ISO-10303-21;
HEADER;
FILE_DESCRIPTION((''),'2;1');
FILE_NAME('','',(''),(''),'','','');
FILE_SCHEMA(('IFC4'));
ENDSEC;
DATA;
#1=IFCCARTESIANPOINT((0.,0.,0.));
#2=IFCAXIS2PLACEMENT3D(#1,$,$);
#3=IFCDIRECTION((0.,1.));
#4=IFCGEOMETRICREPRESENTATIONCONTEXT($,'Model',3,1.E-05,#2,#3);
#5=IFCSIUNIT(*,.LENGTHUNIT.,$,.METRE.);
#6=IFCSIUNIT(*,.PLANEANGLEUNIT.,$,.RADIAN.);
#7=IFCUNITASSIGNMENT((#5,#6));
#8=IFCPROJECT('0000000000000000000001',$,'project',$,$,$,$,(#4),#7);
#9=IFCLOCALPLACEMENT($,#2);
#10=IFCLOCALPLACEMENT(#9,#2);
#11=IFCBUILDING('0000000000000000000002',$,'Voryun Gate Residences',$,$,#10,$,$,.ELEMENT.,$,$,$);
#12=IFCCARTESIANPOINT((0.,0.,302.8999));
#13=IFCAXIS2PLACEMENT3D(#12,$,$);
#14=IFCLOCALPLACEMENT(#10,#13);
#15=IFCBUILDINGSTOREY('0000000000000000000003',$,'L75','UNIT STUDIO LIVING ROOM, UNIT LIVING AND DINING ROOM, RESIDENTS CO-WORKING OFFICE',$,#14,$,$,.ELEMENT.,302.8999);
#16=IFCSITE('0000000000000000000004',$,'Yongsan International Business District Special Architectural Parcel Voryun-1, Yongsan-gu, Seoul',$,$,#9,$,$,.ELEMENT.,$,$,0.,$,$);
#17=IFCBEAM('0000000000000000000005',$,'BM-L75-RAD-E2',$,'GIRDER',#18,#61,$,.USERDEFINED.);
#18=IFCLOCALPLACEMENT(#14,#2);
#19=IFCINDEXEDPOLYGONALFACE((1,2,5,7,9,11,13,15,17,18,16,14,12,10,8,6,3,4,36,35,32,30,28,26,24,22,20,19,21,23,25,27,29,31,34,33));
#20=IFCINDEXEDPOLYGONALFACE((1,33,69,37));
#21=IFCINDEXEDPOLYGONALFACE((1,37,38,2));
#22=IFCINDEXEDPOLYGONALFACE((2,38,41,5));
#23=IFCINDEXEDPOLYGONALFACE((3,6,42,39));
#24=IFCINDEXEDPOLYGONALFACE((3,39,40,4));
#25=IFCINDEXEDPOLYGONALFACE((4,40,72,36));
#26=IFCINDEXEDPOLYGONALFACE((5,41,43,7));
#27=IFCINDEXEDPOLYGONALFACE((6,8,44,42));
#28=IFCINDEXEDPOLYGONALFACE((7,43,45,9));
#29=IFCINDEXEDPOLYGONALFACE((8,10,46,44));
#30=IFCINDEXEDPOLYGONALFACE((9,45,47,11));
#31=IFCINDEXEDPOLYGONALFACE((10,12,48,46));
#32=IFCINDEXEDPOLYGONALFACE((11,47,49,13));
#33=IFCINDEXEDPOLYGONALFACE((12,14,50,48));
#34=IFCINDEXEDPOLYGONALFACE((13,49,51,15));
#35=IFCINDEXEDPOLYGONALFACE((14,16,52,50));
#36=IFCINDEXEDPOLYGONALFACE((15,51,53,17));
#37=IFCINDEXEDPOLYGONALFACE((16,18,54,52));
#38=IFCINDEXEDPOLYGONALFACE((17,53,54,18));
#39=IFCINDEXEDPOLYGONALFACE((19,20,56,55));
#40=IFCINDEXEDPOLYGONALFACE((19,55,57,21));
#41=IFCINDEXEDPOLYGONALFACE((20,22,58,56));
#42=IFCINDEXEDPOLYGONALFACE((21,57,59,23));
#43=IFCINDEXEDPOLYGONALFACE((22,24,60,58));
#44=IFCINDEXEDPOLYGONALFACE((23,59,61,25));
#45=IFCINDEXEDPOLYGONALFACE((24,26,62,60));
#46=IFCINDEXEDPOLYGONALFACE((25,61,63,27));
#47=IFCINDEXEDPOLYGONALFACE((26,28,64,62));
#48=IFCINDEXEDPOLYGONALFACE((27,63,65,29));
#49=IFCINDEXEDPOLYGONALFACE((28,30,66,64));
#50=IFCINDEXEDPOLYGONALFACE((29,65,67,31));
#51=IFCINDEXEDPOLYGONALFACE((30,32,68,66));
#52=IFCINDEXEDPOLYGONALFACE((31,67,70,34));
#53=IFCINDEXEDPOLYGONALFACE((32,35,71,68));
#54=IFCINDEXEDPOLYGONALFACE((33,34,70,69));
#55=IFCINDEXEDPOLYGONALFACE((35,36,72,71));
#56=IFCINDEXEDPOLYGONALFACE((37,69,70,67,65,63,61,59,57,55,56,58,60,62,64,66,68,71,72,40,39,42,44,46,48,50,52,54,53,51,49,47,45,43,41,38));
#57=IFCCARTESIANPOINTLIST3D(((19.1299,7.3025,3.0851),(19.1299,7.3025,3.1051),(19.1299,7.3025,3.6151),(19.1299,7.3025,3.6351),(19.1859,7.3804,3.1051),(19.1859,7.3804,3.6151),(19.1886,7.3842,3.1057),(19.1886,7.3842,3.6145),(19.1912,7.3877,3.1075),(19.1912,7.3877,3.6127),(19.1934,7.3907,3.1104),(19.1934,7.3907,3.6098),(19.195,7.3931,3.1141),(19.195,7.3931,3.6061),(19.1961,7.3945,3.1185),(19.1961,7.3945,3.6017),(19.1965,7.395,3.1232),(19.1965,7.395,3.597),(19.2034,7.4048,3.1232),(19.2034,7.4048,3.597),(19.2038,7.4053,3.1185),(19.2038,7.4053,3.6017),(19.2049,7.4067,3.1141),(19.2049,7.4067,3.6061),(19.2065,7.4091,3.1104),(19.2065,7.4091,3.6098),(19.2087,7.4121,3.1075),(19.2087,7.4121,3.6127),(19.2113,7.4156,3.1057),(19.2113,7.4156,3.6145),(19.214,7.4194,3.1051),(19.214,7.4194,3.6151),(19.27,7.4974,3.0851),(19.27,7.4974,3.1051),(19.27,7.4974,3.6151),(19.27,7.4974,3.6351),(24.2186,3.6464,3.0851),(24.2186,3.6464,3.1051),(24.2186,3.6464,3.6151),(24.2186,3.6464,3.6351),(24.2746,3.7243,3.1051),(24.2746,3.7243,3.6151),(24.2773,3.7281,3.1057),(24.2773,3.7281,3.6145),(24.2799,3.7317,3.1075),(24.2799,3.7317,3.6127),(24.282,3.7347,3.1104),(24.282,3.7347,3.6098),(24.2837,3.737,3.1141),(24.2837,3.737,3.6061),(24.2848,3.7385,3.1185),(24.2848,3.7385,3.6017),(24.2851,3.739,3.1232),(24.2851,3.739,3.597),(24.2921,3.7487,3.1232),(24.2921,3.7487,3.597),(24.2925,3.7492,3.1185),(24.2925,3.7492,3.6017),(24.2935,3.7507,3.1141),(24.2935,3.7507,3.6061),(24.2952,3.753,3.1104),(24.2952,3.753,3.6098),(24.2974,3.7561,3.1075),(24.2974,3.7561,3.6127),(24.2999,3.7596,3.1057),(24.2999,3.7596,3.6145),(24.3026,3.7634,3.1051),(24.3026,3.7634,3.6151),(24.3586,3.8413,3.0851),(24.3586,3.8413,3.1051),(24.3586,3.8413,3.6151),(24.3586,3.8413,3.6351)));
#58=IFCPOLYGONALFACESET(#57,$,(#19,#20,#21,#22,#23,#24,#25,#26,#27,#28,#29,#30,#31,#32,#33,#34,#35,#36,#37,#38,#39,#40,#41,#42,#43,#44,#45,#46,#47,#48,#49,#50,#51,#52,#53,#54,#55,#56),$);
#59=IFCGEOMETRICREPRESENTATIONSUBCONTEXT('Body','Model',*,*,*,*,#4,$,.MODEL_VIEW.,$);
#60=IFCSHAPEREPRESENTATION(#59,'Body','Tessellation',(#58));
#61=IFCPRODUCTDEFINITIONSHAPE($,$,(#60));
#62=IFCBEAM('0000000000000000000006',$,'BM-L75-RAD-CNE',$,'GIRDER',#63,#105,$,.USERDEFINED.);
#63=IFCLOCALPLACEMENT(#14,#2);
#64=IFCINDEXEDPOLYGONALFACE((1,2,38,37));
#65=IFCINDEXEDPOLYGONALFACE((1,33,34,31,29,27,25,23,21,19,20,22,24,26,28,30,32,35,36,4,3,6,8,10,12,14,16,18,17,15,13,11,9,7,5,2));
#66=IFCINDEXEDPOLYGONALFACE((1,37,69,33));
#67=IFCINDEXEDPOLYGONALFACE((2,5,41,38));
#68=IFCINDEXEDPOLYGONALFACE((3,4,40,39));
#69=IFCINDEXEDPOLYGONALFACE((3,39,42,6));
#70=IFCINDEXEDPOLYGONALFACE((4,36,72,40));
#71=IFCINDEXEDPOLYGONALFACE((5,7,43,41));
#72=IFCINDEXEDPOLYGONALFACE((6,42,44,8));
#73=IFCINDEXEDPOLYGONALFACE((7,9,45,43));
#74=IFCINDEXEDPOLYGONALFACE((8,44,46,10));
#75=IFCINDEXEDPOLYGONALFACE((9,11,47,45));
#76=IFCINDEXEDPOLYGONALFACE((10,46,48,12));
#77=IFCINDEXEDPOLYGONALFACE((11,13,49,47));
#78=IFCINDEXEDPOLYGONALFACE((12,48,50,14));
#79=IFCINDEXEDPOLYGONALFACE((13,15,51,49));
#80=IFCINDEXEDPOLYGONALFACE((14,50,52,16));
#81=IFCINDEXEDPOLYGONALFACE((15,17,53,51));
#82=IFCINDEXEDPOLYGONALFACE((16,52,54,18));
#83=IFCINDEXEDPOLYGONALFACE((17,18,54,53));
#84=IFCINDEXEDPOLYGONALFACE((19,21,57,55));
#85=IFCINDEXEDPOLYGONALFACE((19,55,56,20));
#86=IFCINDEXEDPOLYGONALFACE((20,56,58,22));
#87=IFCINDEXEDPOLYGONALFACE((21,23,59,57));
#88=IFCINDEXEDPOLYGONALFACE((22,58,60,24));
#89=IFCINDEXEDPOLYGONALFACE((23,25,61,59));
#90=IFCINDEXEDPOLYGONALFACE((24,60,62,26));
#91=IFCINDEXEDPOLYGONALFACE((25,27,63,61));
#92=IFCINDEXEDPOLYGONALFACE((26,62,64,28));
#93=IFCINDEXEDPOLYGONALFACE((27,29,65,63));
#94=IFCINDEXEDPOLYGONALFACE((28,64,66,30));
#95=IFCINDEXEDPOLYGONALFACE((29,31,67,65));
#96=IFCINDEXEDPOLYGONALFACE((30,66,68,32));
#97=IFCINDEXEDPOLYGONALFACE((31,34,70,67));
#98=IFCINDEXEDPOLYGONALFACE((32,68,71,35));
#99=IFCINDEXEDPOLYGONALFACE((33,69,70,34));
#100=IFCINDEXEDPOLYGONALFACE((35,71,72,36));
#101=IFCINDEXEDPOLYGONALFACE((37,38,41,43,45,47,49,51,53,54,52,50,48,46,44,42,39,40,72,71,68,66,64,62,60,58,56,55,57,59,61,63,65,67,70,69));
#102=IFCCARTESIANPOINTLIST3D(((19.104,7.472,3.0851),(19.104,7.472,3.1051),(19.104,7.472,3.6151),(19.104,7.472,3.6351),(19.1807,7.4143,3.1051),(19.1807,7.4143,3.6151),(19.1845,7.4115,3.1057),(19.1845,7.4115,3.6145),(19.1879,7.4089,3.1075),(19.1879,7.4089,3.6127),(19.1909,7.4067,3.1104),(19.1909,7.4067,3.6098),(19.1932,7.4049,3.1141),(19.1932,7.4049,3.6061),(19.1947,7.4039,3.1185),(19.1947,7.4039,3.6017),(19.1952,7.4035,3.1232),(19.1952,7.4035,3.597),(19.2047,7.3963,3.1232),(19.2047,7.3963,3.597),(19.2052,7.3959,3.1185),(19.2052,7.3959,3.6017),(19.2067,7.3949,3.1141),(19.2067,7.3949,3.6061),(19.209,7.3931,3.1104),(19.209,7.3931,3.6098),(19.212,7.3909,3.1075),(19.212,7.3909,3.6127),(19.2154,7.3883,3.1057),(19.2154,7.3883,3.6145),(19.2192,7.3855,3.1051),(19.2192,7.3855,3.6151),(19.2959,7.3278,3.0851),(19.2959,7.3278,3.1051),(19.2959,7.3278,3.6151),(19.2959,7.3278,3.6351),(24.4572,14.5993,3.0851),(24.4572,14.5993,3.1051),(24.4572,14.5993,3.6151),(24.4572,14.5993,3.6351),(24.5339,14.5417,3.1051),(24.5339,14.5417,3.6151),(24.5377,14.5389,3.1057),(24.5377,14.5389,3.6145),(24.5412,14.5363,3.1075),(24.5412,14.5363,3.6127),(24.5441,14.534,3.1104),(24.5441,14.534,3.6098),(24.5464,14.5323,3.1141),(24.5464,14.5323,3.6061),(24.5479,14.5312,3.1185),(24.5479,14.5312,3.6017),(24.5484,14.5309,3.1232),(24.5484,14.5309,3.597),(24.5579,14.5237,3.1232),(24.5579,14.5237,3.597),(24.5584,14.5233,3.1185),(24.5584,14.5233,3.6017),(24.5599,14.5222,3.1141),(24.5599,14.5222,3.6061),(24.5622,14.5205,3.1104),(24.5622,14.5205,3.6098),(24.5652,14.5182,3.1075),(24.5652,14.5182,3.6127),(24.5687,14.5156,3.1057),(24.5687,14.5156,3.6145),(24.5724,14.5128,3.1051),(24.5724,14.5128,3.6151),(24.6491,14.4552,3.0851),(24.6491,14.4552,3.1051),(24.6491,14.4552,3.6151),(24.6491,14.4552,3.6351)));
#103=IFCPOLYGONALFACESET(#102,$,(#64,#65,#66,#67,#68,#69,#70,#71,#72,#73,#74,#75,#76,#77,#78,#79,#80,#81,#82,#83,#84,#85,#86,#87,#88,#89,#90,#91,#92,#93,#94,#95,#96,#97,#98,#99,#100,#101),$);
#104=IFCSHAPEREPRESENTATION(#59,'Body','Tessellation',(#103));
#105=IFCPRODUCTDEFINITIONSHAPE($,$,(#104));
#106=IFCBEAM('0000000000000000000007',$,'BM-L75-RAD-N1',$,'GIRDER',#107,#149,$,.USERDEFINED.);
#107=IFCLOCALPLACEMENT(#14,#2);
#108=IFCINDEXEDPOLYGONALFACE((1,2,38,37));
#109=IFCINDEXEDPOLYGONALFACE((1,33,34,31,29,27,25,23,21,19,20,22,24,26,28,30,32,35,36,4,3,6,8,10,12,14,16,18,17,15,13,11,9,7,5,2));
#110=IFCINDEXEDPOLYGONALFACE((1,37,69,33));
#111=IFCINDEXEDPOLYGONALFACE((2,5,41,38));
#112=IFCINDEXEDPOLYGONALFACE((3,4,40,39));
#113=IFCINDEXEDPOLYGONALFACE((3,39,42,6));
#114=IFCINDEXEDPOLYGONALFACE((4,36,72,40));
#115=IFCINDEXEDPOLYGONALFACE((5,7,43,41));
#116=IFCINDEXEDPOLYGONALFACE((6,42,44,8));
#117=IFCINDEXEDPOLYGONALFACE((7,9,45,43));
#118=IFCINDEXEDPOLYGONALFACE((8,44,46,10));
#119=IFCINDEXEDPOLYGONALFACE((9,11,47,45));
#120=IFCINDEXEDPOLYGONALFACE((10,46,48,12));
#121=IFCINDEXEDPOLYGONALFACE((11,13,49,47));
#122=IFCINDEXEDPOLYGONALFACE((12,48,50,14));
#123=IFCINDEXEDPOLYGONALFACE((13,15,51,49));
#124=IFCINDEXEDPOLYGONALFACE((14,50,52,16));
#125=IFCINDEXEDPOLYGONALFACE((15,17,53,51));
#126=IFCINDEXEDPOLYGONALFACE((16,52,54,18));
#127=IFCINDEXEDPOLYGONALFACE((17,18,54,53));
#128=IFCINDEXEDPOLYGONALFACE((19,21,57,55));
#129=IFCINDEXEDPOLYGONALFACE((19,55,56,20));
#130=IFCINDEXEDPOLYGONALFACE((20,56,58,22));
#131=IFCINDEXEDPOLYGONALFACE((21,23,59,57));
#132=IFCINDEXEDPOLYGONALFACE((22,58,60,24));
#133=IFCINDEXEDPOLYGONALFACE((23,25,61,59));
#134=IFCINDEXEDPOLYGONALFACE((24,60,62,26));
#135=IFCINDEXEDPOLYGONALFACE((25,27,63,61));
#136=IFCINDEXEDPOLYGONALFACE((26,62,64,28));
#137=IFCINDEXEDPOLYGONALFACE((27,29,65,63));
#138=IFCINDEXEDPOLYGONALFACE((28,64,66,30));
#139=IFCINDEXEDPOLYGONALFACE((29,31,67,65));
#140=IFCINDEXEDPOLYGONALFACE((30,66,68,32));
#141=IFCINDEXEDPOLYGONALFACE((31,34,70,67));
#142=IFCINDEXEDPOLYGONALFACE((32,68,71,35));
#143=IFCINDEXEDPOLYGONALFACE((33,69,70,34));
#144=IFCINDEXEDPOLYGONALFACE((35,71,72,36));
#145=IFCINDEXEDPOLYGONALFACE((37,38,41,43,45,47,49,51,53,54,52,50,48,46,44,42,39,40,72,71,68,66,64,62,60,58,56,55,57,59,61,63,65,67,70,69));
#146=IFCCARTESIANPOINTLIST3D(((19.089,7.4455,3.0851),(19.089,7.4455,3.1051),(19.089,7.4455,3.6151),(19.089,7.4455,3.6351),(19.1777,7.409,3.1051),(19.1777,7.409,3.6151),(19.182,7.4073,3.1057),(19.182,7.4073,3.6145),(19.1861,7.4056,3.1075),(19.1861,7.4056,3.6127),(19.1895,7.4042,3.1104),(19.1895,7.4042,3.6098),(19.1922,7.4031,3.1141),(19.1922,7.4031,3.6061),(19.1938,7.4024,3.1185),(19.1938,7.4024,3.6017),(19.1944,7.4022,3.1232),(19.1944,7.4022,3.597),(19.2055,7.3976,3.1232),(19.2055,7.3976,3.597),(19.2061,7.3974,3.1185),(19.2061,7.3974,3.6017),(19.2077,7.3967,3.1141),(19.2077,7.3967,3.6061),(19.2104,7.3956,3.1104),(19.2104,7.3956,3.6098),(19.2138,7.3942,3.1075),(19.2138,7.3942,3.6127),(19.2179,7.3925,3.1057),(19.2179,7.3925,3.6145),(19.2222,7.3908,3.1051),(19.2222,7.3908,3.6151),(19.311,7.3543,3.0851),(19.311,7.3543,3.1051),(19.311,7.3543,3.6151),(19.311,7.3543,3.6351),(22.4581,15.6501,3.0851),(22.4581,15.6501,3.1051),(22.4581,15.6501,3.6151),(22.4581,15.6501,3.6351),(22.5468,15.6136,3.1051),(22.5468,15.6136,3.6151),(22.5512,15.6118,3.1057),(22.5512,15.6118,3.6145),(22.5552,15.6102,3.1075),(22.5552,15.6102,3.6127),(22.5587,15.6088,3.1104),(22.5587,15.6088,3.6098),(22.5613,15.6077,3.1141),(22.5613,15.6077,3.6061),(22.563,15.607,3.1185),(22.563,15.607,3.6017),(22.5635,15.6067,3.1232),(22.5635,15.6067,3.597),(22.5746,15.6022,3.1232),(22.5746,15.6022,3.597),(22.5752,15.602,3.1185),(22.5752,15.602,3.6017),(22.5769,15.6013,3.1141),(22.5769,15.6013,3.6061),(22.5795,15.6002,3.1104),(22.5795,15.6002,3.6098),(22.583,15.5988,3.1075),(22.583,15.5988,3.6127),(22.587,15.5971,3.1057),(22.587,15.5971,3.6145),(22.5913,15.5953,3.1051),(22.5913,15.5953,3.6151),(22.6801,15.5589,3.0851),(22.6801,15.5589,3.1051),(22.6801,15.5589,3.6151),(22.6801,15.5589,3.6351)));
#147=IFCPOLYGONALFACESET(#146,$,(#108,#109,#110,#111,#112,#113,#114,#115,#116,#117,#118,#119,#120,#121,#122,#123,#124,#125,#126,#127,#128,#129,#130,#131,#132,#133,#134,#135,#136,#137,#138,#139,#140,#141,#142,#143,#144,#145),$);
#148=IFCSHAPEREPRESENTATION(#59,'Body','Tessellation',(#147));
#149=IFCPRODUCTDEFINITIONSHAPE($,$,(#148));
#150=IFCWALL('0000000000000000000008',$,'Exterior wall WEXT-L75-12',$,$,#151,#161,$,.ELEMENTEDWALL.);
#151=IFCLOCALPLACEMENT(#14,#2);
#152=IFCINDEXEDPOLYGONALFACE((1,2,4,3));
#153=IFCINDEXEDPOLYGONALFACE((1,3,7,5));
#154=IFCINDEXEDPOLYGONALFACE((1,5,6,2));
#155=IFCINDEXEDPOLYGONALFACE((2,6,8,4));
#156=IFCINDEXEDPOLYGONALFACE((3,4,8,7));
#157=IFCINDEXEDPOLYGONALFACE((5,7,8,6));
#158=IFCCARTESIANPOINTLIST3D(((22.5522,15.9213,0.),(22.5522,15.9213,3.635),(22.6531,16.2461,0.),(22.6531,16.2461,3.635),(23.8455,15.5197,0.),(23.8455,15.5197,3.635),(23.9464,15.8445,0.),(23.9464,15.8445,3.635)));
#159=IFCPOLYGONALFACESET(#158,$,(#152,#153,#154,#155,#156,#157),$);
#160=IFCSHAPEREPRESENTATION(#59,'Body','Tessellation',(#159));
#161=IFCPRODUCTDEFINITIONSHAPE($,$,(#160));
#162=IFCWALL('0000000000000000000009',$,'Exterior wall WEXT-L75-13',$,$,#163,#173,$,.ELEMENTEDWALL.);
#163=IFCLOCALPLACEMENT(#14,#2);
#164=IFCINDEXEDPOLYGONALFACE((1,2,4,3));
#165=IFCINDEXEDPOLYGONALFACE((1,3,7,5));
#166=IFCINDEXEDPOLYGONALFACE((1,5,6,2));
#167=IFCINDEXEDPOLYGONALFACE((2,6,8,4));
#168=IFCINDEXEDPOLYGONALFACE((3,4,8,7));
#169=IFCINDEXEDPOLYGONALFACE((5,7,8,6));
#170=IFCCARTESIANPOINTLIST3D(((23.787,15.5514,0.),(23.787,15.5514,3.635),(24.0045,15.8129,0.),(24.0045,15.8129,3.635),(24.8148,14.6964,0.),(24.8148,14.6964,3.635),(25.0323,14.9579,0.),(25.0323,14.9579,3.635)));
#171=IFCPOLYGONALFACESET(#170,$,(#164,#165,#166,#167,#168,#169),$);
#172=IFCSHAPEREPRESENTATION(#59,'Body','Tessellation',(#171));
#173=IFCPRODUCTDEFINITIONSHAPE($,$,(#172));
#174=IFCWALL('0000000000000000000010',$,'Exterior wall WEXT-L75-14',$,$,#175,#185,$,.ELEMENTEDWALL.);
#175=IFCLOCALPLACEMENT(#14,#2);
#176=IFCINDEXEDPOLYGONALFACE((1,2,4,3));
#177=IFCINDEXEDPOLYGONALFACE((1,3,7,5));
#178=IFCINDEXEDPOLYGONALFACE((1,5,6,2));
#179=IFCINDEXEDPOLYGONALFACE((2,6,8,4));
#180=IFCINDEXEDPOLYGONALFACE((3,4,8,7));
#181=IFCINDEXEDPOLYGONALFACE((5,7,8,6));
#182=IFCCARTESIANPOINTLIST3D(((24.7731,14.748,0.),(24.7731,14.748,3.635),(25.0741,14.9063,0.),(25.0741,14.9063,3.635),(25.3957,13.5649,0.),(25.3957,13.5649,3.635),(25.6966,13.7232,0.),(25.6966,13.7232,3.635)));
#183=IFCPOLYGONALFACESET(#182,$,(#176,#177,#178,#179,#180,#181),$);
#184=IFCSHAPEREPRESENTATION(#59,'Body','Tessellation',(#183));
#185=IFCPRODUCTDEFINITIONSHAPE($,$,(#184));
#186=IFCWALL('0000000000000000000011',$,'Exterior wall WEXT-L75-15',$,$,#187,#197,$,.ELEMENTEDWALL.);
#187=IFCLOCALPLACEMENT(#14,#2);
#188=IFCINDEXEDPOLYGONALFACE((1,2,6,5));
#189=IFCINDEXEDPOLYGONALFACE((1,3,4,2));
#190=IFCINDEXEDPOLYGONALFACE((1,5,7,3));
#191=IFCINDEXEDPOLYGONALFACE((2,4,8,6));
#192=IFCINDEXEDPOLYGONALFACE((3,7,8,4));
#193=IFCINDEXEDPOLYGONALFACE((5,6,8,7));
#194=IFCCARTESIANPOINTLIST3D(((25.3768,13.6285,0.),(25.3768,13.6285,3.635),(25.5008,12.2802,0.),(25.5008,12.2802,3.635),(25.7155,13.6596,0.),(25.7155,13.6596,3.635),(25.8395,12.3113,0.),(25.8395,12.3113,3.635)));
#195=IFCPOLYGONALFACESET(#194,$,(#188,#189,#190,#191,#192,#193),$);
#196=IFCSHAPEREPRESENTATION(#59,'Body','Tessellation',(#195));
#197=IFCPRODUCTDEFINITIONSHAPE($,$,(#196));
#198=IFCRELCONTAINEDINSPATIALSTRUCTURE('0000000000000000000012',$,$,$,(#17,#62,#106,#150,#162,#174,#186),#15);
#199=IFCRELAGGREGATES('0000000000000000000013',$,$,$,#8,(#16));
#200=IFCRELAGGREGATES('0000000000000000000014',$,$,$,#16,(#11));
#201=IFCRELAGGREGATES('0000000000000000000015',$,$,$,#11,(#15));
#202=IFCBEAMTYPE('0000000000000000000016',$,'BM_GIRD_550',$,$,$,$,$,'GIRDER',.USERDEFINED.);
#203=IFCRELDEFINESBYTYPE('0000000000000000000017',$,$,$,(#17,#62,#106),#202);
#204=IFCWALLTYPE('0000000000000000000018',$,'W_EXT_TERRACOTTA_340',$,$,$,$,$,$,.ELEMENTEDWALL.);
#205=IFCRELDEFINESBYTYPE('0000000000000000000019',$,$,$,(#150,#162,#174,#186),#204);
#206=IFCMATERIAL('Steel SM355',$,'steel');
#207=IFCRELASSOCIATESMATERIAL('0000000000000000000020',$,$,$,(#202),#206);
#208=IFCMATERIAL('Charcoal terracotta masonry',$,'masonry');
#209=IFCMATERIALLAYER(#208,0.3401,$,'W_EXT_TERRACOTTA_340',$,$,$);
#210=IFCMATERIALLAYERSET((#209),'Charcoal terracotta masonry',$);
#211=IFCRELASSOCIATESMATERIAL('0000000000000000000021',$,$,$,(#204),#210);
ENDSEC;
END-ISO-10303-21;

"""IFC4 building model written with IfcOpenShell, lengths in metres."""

from ifc_helpers import new_model, si_unit, direction, frame, frame_2d, origin, origin_2d, place, context, subcontext, project, spatial, rectangle, i_section, extrude, material, layer, layer_set, material_profile, profile_set, type_object, element, save


model = new_model("IFC4")

# Units and contexts
model_context = context("Model", 3, precision=1e-05, world=origin(), true_north=direction((0.0, 1.0)))
body_context = subcontext(model_context, "Body", "Model", "MODEL_VIEW")
ifc_project = project(units=[si_unit("LENGTHUNIT", "METRE"), si_unit("PLANEANGLEUNIT", "RADIAN")], contexts=[model_context])

# Site, building, storey
site_placement = place(None, origin())
site = spatial("IfcSite", under=ifc_project, at=site_placement, Name="Yongsan International Business District Special Architectural Parcel Voryun-1, Yongsan-gu, Seoul", CompositionType="ELEMENT", RefElevation=0.0)
building_placement = place(site_placement, origin())
building = spatial("IfcBuilding", under=site, at=building_placement, Name="Voryun Gate Residences", CompositionType="ELEMENT")
storey_placement = place(building_placement, frame((0.0, 0.0, 302.8999)))
storey = spatial("IfcBuildingStorey", under=building, at=storey_placement, Name="L75", Description="UNIT STUDIO LIVING ROOM, UNIT LIVING AND DINING ROOM, RESIDENTS CO-WORKING OFFICE", CompositionType="ELEMENT", Elevation=302.8999)

# Beams
ifc_material_1 = material(Name="Steel SM355", Category="steel")
ifc_material_profile_1 = material_profile(ifc_material_1, i_section(OverallWidth=0.24, OverallDepth=0.55, WebThickness=0.012, FlangeThickness=0.02, FilletRadius=0.0181, at=origin_2d()), Name="H-550x240x12x20")
ifc_profile_set_1 = profile_set([ifc_material_profile_1], Name="Steel SM355")
beam_type_1 = type_object("IfcBeamType", Name="BM_GIRD_550", ElementType="GIRDER", PredefinedType="USERDEFINED", material=ifc_profile_set_1)
beam_1_placement = place(storey_placement, frame((19.2, 7.3999, 3.3601), z_axis=(0.812124, -0.583484, 0.0), x_axis=(0.583484, 0.812124, 0.0)))
element("IfcBeam", 1, at=beam_1_placement, inside=storey, type_object=beam_type_1, Name="BM-L75-RAD-E2", ObjectType="GIRDER", PredefinedType="USERDEFINED", context=body_context, shape_type="SweptSolid", body=[
    extrude(i_section(OverallWidth=0.24, OverallDepth=0.55, WebThickness=0.012, FlangeThickness=0.02, FilletRadius=0.0181, at=origin_2d()), origin(), (0.0, 0.0, 1.0), 6.2659),
])
beam_2_placement = place(storey_placement, frame((19.2, 7.3999, 3.3601), z_axis=(0.600552, 0.799586, 0.0), x_axis=(-0.799586, 0.600552, 0.0)))
element("IfcBeam", 2, at=beam_2_placement, inside=storey, type_object=beam_type_1, Name="BM-L75-RAD-CNE", ObjectType="GIRDER", PredefinedType="USERDEFINED", context=body_context, shape_type="SweptSolid", body=[
    extrude(i_section(OverallWidth=0.24, OverallDepth=0.55, WebThickness=0.012, FlangeThickness=0.02, FilletRadius=0.0181, at=origin_2d()), origin(), (0.0, 0.0, 1.0), 8.9138),
])
beam_3_placement = place(storey_placement, frame((19.2, 7.3999, 3.3601), z_axis=(0.379861, 0.925044, 0.0), x_axis=(-0.925044, 0.379861, 0.0)))
element("IfcBeam", 3, at=beam_3_placement, inside=storey, type_object=beam_type_1, Name="BM-L75-RAD-N1", ObjectType="GIRDER", PredefinedType="USERDEFINED", context=body_context, shape_type="SweptSolid", body=[
    extrude(i_section(OverallWidth=0.24, OverallDepth=0.55, WebThickness=0.012, FlangeThickness=0.02, FilletRadius=0.0181, at=origin_2d()), origin(), (0.0, 0.0, 1.0), 8.8694),
])

# Walls
ifc_material_2 = material(Name="Charcoal terracotta masonry", Category="masonry")
ifc_layer_1 = layer(ifc_material_2, 0.3401, Name="W_EXT_TERRACOTTA_340")
ifc_layer_set_1 = layer_set([ifc_layer_1], Name="Charcoal terracotta masonry")
wall_type_1 = type_object("IfcWallType", Name="W_EXT_TERRACOTTA_340", PredefinedType="ELEMENTEDWALL", material=ifc_layer_set_1)
wall_1_placement = place(storey_placement, frame((22.6025, 16.0837, 0.0), z_axis=(0.0, 0.0, 1.0), x_axis=(0.955008, -0.296581, 0.0)))
element("IfcWall", 4, at=wall_1_placement, inside=storey, type_object=wall_type_1, Name="Exterior wall WEXT-L75-12", PredefinedType="ELEMENTEDWALL", context=body_context, shape_type="SweptSolid", body=[
    extrude(rectangle(XDim=1.3542, YDim=0.3401, at=frame_2d((0.6772, 0.0))), origin(), (0.0, 0.0, 1.0), 3.635),
])
for number, where, z_axis, x_axis, name in (
    (5, (23.8958, 15.6821, 0.0), (0.0, 0.0, 1.0), (0.76879, -0.639502, 0.0), "Exterior wall WEXT-L75-13"),
    (6, (24.9236, 14.8271, 0.0), (0.0, 0.0, 1.0), (0.465671, -0.884958, 0.0), "Exterior wall WEXT-L75-14"),
):
    element("IfcWall", number, at=place(storey_placement, frame(where, z_axis=z_axis, x_axis=x_axis)), inside=storey, type_object=wall_type_1, Name=name, PredefinedType="ELEMENTEDWALL", context=body_context, shape_type="SweptSolid", body=[
        extrude(rectangle(XDim=1.3369, YDim=0.3401, at=frame_2d((0.6685, 0.0))), origin(), (0.0, 0.0, 1.0), 3.635),
    ])
wall_2_placement = place(storey_placement, frame((25.5461, 13.644, 0.0), z_axis=(0.0, 0.0, 1.0), x_axis=(0.091592, -0.995797, 0.0)))
element("IfcWall", 7, at=wall_2_placement, inside=storey, type_object=wall_type_1, Name="Exterior wall WEXT-L75-15", PredefinedType="ELEMENTEDWALL", context=body_context, shape_type="SweptSolid", body=[
    extrude(rectangle(XDim=1.354, YDim=0.3401, at=frame_2d((0.677, 0.0))), origin(), (0.0, 0.0, 1.0), 3.635),
])

save(model, "model.ifc")
